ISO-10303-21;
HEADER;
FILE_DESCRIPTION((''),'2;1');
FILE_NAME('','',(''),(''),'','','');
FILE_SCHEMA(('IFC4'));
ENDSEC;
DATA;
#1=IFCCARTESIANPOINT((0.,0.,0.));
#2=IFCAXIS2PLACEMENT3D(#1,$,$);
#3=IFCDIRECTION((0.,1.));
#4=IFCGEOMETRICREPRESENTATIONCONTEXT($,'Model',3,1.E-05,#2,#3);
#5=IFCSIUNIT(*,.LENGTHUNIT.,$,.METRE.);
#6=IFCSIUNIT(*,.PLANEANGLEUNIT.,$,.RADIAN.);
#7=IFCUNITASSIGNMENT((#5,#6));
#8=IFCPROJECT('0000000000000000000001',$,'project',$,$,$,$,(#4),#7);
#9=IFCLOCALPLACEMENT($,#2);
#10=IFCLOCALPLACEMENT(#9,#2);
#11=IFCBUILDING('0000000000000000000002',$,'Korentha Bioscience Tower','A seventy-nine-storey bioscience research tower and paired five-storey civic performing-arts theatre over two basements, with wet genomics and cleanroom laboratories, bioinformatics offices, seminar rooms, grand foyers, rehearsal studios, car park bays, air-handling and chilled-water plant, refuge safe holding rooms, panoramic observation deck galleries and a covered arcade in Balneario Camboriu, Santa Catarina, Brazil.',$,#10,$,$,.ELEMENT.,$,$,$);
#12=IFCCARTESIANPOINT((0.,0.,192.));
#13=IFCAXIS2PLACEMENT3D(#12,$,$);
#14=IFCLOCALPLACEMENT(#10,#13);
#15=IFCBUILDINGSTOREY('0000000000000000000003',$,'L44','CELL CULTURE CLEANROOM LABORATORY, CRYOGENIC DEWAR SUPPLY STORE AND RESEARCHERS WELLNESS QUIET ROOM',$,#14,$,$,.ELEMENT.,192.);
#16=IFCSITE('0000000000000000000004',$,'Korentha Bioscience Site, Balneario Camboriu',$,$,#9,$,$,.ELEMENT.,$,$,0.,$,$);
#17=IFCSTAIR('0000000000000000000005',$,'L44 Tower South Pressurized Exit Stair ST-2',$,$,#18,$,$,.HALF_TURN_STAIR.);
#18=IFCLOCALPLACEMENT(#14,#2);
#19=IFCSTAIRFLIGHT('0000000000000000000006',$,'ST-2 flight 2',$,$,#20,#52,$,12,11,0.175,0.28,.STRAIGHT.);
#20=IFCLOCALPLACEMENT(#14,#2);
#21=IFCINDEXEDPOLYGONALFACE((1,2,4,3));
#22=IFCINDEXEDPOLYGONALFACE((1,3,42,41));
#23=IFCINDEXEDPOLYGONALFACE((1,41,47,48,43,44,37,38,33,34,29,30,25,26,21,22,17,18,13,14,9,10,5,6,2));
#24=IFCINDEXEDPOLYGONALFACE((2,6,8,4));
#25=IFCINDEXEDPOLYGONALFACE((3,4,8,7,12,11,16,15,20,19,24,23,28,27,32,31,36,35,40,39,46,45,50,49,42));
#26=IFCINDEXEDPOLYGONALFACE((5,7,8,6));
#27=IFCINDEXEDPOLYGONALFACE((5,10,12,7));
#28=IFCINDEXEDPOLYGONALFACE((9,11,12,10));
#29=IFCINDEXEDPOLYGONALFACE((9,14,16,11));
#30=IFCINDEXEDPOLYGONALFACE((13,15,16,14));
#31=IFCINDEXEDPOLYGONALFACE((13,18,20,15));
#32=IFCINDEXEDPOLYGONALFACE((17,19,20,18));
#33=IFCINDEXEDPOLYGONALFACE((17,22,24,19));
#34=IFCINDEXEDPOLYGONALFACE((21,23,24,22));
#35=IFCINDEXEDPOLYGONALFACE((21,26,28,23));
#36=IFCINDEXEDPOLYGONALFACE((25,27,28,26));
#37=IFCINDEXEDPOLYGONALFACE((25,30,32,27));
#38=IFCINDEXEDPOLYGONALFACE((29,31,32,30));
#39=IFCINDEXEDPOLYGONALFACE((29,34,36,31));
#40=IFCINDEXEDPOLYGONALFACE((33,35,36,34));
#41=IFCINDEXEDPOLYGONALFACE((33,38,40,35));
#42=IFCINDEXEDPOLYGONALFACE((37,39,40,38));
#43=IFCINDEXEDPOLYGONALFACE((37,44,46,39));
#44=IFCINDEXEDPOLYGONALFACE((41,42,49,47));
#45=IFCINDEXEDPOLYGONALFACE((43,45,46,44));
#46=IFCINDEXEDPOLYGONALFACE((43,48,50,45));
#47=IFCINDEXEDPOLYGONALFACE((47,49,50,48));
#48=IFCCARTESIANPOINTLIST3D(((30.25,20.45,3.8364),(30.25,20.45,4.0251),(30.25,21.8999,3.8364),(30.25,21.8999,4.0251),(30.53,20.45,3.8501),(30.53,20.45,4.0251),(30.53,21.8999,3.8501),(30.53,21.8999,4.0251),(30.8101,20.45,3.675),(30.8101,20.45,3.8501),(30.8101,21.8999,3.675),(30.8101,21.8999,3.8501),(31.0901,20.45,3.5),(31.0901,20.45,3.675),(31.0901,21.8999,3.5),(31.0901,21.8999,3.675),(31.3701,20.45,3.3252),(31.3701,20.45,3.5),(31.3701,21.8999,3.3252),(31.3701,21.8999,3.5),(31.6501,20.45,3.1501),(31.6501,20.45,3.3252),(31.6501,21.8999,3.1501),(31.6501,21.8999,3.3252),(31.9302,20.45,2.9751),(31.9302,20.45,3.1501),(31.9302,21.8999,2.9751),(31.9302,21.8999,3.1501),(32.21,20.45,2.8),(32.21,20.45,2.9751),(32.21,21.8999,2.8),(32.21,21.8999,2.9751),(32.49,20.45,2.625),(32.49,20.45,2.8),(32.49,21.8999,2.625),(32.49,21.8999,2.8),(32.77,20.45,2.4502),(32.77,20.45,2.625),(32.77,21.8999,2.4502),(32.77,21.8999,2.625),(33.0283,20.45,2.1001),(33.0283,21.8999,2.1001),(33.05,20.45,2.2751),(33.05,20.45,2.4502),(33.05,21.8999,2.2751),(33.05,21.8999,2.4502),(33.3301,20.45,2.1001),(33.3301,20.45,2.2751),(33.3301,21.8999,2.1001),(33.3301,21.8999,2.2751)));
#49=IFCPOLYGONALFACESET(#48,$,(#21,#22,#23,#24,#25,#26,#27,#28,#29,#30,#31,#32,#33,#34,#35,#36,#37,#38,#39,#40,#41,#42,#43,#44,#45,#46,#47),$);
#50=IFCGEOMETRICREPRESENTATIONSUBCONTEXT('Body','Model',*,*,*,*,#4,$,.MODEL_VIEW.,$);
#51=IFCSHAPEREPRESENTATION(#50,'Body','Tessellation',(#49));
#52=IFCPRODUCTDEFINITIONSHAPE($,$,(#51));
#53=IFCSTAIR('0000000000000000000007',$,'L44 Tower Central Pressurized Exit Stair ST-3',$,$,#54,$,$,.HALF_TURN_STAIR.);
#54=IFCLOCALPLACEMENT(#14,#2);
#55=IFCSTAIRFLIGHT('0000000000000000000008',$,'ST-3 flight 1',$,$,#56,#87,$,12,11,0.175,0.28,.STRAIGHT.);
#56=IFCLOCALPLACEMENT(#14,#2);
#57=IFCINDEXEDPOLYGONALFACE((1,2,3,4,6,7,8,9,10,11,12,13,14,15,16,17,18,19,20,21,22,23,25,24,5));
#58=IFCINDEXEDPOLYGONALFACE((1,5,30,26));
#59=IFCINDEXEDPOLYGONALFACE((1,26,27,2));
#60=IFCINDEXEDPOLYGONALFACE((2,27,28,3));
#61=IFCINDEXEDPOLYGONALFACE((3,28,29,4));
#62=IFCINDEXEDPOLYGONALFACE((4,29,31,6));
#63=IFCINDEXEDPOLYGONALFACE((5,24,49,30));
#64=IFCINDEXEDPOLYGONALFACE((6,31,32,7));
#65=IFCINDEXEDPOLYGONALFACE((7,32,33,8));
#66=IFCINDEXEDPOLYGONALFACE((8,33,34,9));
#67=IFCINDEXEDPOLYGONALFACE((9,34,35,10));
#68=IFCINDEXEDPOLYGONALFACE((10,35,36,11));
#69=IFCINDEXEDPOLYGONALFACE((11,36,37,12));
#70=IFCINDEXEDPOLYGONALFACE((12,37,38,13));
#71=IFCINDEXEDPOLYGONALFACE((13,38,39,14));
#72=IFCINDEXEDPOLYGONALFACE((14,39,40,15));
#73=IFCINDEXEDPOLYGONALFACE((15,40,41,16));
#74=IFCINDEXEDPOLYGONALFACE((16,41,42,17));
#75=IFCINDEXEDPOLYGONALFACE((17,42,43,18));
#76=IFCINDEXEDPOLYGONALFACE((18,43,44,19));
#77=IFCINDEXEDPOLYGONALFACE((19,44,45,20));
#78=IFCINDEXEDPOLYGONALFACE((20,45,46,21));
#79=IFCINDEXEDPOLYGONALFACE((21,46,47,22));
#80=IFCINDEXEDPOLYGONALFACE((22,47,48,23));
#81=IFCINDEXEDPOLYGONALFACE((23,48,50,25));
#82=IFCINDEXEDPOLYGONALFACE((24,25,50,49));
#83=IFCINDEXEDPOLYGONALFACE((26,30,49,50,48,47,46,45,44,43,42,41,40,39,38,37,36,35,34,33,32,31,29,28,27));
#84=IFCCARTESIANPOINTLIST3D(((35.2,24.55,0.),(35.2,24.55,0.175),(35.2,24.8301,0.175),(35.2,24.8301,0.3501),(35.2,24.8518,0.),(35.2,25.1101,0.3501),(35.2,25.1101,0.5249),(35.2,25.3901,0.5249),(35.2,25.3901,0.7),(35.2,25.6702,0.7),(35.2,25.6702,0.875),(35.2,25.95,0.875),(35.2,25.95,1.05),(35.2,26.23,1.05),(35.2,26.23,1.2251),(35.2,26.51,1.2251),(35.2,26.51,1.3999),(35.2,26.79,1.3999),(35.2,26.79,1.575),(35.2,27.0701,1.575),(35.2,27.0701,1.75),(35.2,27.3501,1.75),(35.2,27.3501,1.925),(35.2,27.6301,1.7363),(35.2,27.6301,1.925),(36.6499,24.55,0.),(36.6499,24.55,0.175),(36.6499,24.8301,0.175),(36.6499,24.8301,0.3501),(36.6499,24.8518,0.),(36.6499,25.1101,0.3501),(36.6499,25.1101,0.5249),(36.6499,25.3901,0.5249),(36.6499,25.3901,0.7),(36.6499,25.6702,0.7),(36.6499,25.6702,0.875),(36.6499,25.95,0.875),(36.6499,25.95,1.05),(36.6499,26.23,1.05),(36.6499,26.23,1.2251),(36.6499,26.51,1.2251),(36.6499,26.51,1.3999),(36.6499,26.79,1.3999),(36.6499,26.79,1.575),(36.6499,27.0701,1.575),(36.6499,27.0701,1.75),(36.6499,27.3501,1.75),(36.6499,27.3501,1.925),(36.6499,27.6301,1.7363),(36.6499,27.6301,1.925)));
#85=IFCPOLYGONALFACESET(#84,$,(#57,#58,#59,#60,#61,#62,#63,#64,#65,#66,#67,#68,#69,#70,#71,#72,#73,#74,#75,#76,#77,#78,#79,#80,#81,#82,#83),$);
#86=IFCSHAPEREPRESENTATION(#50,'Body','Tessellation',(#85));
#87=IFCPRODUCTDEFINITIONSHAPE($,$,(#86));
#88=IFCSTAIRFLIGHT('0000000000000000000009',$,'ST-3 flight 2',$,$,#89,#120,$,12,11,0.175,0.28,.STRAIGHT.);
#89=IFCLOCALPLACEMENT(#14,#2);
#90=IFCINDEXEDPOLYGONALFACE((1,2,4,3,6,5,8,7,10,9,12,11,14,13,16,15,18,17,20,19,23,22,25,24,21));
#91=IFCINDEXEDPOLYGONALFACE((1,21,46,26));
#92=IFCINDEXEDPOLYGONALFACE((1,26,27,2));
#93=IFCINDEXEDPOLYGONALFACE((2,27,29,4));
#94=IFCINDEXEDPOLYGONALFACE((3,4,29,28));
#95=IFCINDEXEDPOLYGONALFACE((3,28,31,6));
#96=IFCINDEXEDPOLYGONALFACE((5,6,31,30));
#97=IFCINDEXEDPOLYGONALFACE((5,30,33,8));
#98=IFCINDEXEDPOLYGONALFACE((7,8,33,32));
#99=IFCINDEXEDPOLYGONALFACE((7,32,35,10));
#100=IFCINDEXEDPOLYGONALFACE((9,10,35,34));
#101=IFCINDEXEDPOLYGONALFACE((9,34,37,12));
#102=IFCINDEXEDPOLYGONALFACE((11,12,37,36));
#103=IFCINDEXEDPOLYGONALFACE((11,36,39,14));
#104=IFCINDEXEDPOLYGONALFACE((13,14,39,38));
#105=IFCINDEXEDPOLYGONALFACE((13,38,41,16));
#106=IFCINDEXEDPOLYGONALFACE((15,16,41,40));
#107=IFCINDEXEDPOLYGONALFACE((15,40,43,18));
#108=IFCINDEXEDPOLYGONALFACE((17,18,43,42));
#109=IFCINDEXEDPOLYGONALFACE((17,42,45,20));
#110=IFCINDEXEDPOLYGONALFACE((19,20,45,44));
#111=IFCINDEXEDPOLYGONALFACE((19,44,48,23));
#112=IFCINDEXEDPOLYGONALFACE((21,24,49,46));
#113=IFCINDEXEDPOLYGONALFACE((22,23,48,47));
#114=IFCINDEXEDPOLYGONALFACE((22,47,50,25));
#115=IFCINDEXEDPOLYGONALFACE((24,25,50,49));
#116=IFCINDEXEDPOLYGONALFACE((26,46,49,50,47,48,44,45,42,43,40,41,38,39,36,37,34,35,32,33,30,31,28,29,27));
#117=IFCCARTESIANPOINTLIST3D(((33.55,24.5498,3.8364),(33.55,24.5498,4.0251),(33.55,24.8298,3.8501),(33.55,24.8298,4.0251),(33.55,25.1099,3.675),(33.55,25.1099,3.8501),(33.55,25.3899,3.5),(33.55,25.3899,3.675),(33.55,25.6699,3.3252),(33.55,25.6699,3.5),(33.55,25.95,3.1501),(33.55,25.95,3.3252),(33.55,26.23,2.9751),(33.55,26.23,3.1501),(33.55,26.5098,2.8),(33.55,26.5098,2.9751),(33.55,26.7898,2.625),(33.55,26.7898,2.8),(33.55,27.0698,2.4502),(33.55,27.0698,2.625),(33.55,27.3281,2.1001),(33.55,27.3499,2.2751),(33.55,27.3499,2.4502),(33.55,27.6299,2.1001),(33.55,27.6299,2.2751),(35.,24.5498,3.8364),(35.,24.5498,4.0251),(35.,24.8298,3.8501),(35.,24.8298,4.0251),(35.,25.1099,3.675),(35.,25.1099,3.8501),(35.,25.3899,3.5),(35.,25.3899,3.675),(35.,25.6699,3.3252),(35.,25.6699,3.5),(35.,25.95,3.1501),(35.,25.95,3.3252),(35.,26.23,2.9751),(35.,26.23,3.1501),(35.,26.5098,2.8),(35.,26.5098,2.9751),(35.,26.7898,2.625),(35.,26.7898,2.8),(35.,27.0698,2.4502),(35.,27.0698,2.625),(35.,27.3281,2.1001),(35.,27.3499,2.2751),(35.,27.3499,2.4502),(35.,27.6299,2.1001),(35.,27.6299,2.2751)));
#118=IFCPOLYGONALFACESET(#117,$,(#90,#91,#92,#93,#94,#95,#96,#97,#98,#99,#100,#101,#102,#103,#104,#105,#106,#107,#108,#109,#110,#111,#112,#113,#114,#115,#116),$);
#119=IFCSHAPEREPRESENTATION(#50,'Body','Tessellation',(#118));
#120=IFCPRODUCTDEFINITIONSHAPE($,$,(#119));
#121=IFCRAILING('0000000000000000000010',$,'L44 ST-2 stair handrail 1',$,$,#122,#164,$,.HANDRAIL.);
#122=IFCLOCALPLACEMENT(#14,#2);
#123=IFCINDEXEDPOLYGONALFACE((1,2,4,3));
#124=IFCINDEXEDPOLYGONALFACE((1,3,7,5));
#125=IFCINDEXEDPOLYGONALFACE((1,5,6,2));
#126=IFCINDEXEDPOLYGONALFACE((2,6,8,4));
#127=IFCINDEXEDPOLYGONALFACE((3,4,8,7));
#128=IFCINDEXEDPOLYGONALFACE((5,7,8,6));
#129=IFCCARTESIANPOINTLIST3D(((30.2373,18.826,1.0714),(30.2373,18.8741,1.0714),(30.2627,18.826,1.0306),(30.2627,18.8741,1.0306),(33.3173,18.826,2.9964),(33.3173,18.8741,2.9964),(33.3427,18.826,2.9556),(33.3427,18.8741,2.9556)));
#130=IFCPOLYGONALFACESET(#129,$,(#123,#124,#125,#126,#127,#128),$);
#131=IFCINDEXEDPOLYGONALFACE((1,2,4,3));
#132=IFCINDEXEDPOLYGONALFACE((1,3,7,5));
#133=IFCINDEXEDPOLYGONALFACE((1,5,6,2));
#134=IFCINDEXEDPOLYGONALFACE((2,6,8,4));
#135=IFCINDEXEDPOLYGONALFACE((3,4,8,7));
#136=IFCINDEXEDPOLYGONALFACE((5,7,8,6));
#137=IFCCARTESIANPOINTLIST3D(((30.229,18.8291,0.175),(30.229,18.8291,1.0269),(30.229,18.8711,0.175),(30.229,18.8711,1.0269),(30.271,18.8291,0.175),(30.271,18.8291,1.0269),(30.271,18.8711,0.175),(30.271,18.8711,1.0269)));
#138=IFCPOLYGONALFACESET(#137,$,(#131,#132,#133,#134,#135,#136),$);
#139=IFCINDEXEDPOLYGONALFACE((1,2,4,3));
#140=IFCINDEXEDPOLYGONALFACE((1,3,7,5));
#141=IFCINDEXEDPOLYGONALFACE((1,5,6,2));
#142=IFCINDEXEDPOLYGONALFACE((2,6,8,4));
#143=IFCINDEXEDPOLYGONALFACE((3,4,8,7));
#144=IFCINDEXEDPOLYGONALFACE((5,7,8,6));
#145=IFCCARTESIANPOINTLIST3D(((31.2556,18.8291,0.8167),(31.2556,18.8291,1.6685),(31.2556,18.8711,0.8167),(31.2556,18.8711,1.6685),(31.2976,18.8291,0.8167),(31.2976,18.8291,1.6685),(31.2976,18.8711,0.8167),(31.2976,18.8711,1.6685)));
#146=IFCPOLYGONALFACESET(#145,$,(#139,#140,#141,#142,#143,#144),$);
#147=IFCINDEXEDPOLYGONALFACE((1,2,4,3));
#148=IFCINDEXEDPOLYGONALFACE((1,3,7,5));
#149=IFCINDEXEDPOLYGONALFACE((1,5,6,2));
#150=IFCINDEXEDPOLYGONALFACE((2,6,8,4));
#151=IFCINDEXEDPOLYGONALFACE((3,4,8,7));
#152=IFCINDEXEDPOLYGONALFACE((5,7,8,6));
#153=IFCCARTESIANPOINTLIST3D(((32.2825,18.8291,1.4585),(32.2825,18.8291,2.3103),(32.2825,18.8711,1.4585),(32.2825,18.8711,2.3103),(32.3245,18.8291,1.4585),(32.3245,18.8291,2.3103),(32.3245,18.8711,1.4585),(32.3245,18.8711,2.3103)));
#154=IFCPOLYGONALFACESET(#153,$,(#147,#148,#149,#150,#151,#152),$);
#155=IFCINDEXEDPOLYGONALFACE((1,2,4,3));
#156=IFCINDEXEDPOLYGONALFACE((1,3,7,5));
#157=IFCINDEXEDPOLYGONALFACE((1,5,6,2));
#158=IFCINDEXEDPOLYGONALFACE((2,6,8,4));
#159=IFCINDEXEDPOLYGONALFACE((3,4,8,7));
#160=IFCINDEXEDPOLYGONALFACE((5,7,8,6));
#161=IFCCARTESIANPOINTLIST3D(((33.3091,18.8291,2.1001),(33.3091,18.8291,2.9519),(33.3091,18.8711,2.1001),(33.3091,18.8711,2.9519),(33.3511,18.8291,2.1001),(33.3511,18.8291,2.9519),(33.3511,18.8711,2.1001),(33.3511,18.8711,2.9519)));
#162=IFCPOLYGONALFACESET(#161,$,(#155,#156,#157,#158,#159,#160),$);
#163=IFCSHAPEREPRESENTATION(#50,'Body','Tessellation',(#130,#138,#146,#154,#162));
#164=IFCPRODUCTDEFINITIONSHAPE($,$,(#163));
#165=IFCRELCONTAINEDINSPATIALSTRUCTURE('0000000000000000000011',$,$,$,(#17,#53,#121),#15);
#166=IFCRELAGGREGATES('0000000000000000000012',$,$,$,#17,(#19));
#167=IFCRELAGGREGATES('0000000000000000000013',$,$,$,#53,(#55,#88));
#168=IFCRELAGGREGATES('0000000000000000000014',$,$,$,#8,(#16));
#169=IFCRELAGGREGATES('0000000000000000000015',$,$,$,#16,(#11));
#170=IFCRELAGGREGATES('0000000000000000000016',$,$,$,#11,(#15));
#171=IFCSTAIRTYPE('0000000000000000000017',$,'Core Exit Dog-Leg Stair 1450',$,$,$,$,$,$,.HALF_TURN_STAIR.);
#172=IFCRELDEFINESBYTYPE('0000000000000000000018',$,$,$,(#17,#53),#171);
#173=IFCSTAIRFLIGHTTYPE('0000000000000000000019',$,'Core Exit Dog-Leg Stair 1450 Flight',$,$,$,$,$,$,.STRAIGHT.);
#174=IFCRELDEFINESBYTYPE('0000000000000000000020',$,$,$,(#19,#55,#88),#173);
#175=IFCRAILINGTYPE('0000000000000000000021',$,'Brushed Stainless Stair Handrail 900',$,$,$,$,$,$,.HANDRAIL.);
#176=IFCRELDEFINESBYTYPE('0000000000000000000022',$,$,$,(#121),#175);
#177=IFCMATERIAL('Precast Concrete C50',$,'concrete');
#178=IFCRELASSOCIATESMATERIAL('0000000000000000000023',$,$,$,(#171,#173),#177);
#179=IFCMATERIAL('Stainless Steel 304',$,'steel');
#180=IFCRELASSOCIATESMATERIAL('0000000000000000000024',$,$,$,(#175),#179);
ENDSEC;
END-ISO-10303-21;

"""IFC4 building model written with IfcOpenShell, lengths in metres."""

from ifc_helpers import new_model, si_unit, direction, frame, origin, origin_2d, place, context, subcontext, project, spatial, polyline, rectangle, outline, extrude, material, type_object, element, aggregate, save


model = new_model("IFC4")

# Units and contexts
model_context = context("Model", 3, precision=1e-05, world=origin(), true_north=direction((0.0, 1.0)))
body_context = subcontext(model_context, "Body", "Model", "MODEL_VIEW")
ifc_project = project(units=[si_unit("LENGTHUNIT", "METRE"), si_unit("PLANEANGLEUNIT", "RADIAN")], contexts=[model_context])

# Site, building, storey
site_placement = place(None, origin())
site = spatial("IfcSite", under=ifc_project, at=site_placement, Name="Korentha Bioscience Site, Balneario Camboriu", CompositionType="ELEMENT", RefElevation=0.0)
building_placement = place(site_placement, origin())
building = spatial("IfcBuilding", under=site, at=building_placement, Name="Korentha Bioscience Tower", Description="A seventy-nine-storey bioscience research tower and paired five-storey civic performing-arts theatre over two basements, with wet genomics and cleanroom laboratories, bioinformatics offices, seminar rooms, grand foyers, rehearsal studios, car park bays, air-handling and chilled-water plant, refuge safe holding rooms, panoramic observation deck galleries and a covered arcade in Balneario Camboriu, Santa Catarina, Brazil.", CompositionType="ELEMENT")
storey_placement = place(building_placement, frame((0.0, 0.0, 192.0)))
storey = spatial("IfcBuildingStorey", under=building, at=storey_placement, Name="L44", Description="CELL CULTURE CLEANROOM LABORATORY, CRYOGENIC DEWAR SUPPLY STORE AND RESEARCHERS WELLNESS QUIET ROOM", CompositionType="ELEMENT", Elevation=192.0)

# Stairs, stair flights
ifc_material_1 = material(Name="Precast Concrete C50", Category="concrete")
stair_type = type_object("IfcStairType", Name="Core Exit Dog-Leg Stair 1450", PredefinedType="HALF_TURN_STAIR", material=ifc_material_1)
stair_1_placement = place(storey_placement, origin())
stair_1 = element("IfcStair", 1, at=stair_1_placement, inside=storey, type_object=stair_type, Name="L44 Tower South Pressurized Exit Stair ST-2", PredefinedType="HALF_TURN_STAIR")
stair_flight_type = type_object("IfcStairFlightType", Name="Core Exit Dog-Leg Stair 1450 Flight", PredefinedType="STRAIGHT", material=ifc_material_1)
stair_flight_1_placement = place(storey_placement, frame((33.3301, 21.175, 2.1001), z_axis=(0.0, 0.0, 1.0), x_axis=(-1.0, 0.0, 0.0)))
stair_flight_1 = element("IfcStairFlight", 2, at=stair_flight_1_placement, type_object=stair_flight_type, Name="ST-2 flight 2", NumberOfRisers=12, NumberOfTreads=11, PredefinedType="STRAIGHT", RiserHeight=0.175, TreadLength=0.28, context=body_context, shape_type="SweptSolid", body=[
    extrude(outline(polyline([(0.0, 0.0), (0.0, 0.175), (0.28, 0.175), (0.28, 0.3501), (0.5601, 0.3501), (0.5601, 0.5249), (0.8401, 0.5249), (0.8401, 0.7), (1.1201, 0.7), (1.1201, 0.875), (1.3999, 0.875), (1.3999, 1.05), (1.6799, 1.05), (1.6799, 1.2251), (1.96, 1.2251), (1.96, 1.3999), (2.24, 1.3999), (2.24, 1.575), (2.52, 1.575), (2.52, 1.75), (2.8, 1.75), (2.8, 1.925), (3.0801, 1.925), (3.0801, 2.1001), (3.0801, 1.7363), (0.3018, 0.0), (0.0, 0.0)])), frame((0.0, 0.7251, 0.0), z_axis=(0.0, -1.0, 0.0), x_axis=(1.0, 0.0, 0.0)), (0.0, 0.0, 1.0), 1.45),
])
aggregate(stair_1, [stair_flight_1])
stair_2_placement = place(storey_placement, origin())
stair_2 = element("IfcStair", 3, at=stair_2_placement, inside=storey, type_object=stair_type, Name="L44 Tower Central Pressurized Exit Stair ST-3", PredefinedType="HALF_TURN_STAIR")
stair_flight_2_placement = place(storey_placement, frame((35.925, 24.55, 0.0), z_axis=(0.0, 0.0, 1.0), x_axis=(0.0, 1.0, 0.0)))
stair_flight_2 = element("IfcStairFlight", 4, at=stair_flight_2_placement, type_object=stair_flight_type, Name="ST-3 flight 1", NumberOfRisers=12, NumberOfTreads=11, PredefinedType="STRAIGHT", RiserHeight=0.175, TreadLength=0.28, context=body_context, shape_type="SweptSolid", body=[
    extrude(outline(polyline([(0.0, 0.0), (0.0, 0.175), (0.28, 0.175), (0.28, 0.3501), (0.5601, 0.3501), (0.5601, 0.5249), (0.8401, 0.5249), (0.8401, 0.7), (1.1201, 0.7), (1.1201, 0.875), (1.3999, 0.875), (1.3999, 1.05), (1.6799, 1.05), (1.6799, 1.2251), (1.96, 1.2251), (1.96, 1.3999), (2.24, 1.3999), (2.24, 1.575), (2.52, 1.575), (2.52, 1.75), (2.8, 1.75), (2.8, 1.925), (3.0801, 1.925), (3.0801, 2.1001), (3.0801, 1.7363), (0.3018, 0.0), (0.0, 0.0)])), frame((0.0, 0.7251, 0.0), z_axis=(0.0, -1.0, 0.0), x_axis=(1.0, 0.0, 0.0)), (0.0, 0.0, 1.0), 1.45),
])
stair_flight_3_placement = place(storey_placement, frame((34.2749, 27.6299, 2.1001), z_axis=(0.0, 0.0, 1.0), x_axis=(0.0, -1.0, 0.0)))
stair_flight_3 = element("IfcStairFlight", 5, at=stair_flight_3_placement, type_object=stair_flight_type, Name="ST-3 flight 2", NumberOfRisers=12, NumberOfTreads=11, PredefinedType="STRAIGHT", RiserHeight=0.175, TreadLength=0.28, context=body_context, shape_type="SweptSolid", body=[
    extrude(outline(polyline([(0.0, 0.0), (0.0, 0.175), (0.28, 0.175), (0.28, 0.3501), (0.5601, 0.3501), (0.5601, 0.5249), (0.8401, 0.5249), (0.8401, 0.7), (1.1201, 0.7), (1.1201, 0.875), (1.3999, 0.875), (1.3999, 1.05), (1.6799, 1.05), (1.6799, 1.2251), (1.96, 1.2251), (1.96, 1.3999), (2.24, 1.3999), (2.24, 1.575), (2.52, 1.575), (2.52, 1.75), (2.8, 1.75), (2.8, 1.925), (3.0801, 1.925), (3.0801, 2.1001), (3.0801, 1.7363), (0.3018, 0.0), (0.0, 0.0)])), frame((0.0, 0.7251, 0.0), z_axis=(0.0, -1.0, 0.0), x_axis=(1.0, 0.0, 0.0)), (0.0, 0.0, 1.0), 1.45),
])
aggregate(stair_2, [stair_flight_2, stair_flight_3])

# Railing
ifc_material_2 = material(Name="Stainless Steel 304", Category="steel")
railing_type_1 = type_object("IfcRailingType", Name="Brushed Stainless Stair Handrail 900", PredefinedType="HANDRAIL", material=ifc_material_2)
railing_1_placement = place(storey_placement, frame((30.25, 18.8501, 0.175)))
element("IfcRailing", 6, at=railing_1_placement, inside=storey, type_object=railing_type_1, Name="L44 ST-2 stair handrail 1", PredefinedType="HANDRAIL", context=body_context, shape_type="SweptSolid", body=[
    extrude(rectangle(XDim=0.0481, YDim=0.0481, at=origin_2d()), frame((0.0, 0.0, 0.876), z_axis=(0.847998, 0.0, 0.529999), x_axis=(0.0, 1.0, 0.0)), (0.0, 0.0, 1.0), 3.6321),
    extrude(rectangle(XDim=0.042, YDim=0.042, at=origin_2d()), origin(), (0.0, 0.0, 1.0), 0.8518),
    extrude(rectangle(XDim=0.042, YDim=0.042, at=origin_2d()), frame((1.0266, 0.0, 0.6416)), (0.0, 0.0, 1.0), 0.8518),
    extrude(rectangle(XDim=0.042, YDim=0.042, at=origin_2d()), frame((2.0535, 0.0, 1.2834)), (0.0, 0.0, 1.0), 0.8518),
    extrude(rectangle(XDim=0.042, YDim=0.042, at=origin_2d()), frame((3.0801, 0.0, 1.925)), (0.0, 0.0, 1.0), 0.8518),
])

save(model, "model.ifc")
